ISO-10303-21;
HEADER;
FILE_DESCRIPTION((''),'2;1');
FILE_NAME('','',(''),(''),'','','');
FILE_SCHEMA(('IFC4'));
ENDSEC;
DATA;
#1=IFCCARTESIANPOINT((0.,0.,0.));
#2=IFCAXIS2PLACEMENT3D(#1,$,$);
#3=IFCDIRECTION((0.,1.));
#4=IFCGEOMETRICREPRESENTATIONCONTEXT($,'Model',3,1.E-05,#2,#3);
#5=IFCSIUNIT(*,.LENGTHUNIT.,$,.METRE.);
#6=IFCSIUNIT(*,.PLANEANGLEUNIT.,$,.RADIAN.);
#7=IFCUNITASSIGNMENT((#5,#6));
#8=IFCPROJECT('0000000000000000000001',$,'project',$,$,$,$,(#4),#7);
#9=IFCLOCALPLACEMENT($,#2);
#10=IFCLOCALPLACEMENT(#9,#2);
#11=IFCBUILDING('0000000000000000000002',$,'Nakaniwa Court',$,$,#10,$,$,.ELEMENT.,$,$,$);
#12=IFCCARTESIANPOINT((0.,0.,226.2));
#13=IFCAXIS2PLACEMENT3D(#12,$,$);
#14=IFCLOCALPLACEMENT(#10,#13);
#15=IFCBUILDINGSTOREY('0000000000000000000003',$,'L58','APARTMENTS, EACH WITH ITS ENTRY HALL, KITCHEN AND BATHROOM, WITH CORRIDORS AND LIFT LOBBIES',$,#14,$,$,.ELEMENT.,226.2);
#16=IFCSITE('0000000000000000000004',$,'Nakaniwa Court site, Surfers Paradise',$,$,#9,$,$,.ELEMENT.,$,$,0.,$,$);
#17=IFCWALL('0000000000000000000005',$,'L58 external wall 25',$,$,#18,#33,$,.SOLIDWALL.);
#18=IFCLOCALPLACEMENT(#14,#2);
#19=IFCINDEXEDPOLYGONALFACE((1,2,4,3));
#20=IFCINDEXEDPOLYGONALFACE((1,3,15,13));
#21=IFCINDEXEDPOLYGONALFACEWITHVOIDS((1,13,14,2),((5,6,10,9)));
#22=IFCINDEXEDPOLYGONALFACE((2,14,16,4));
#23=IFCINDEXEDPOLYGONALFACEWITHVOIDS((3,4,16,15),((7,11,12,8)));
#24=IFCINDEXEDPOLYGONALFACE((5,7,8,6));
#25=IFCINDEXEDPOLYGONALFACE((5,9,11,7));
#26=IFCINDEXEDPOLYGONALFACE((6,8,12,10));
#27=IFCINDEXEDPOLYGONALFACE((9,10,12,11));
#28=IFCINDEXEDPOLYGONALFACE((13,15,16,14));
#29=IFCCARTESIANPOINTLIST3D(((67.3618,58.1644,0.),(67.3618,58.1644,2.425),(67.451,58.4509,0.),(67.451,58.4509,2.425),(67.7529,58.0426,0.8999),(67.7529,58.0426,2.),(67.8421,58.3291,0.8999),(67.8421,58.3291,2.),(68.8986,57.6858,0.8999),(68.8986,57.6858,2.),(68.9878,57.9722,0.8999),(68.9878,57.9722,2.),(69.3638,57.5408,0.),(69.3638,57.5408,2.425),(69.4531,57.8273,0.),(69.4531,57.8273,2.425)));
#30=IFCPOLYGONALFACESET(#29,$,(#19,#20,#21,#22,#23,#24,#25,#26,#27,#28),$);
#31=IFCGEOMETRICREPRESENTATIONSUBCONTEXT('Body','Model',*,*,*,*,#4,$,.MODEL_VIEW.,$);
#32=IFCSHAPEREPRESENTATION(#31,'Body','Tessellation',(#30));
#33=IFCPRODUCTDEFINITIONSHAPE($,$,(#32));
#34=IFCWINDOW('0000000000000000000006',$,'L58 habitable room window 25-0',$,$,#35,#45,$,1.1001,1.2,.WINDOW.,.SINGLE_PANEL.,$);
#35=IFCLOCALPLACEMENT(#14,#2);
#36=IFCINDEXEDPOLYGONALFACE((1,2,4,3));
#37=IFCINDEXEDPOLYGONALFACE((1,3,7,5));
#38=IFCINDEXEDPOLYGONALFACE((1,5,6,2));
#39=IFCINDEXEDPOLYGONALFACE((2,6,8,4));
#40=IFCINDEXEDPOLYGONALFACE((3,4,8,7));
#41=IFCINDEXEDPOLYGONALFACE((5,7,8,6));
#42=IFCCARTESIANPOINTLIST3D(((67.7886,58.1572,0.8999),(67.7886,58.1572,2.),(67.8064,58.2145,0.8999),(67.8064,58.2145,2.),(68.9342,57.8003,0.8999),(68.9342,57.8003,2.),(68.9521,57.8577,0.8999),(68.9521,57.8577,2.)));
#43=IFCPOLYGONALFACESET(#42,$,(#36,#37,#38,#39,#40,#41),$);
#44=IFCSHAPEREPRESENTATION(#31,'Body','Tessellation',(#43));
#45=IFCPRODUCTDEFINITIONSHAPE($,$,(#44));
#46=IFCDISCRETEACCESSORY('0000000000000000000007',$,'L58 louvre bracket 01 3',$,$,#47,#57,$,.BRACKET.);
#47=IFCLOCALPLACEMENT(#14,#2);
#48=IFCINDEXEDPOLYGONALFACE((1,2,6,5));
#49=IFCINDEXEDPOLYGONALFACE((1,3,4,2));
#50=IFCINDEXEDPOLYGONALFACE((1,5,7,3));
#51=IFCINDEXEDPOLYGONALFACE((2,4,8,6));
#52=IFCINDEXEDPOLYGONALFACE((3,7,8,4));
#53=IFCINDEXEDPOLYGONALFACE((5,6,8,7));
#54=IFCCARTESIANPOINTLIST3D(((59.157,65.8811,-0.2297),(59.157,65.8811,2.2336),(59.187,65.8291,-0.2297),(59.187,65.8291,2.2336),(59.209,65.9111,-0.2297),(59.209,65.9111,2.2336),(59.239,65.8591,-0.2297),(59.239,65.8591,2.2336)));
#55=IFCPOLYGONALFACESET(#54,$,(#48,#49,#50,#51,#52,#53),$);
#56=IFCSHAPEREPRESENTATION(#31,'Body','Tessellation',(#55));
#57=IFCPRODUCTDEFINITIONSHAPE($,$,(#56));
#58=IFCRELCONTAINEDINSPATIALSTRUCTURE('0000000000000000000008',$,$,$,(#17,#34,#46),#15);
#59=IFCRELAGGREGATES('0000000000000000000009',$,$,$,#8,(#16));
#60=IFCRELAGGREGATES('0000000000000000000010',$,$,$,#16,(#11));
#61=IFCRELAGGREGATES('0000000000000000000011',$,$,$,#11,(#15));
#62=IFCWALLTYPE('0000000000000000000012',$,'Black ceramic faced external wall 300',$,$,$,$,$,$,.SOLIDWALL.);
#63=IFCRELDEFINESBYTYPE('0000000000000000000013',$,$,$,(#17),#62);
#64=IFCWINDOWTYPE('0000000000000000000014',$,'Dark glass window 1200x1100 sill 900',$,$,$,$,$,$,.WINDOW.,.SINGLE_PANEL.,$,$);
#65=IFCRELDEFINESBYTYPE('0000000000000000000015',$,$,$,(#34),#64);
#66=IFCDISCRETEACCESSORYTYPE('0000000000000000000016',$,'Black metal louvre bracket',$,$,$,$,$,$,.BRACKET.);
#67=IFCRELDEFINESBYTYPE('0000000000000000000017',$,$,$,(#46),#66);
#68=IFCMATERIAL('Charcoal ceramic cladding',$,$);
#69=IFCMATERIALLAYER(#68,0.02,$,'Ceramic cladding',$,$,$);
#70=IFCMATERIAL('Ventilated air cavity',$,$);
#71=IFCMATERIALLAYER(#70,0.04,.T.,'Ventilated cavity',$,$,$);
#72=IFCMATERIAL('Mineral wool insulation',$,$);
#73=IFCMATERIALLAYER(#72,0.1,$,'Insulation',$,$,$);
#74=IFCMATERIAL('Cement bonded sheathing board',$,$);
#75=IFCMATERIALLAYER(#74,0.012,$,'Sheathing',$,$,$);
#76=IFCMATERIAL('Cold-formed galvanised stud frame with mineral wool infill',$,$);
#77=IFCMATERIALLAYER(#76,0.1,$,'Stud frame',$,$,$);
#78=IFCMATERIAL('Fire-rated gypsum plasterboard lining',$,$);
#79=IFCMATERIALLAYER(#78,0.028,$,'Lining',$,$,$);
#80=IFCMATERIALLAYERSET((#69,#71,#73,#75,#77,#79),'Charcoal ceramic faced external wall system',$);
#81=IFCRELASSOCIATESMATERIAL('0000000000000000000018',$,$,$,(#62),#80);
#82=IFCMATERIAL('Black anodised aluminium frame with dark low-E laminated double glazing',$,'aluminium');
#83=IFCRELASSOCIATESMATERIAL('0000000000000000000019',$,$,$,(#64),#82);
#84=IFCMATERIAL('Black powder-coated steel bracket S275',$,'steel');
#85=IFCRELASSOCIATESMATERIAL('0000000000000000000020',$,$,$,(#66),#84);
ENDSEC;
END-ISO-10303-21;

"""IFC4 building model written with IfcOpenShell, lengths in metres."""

from ifc_helpers import new_model, si_unit, direction, frame, frame_2d, origin, origin_2d, place, context, subcontext, project, spatial, rectangle, extrude, material, layer, layer_set, type_object, element, fill, save


model = new_model("IFC4")

# Units and contexts
model_context = context("Model", 3, precision=1e-05, world=origin(), true_north=direction((0.0, 1.0)))
body_context = subcontext(model_context, "Body", "Model", "MODEL_VIEW")
ifc_project = project(units=[si_unit("LENGTHUNIT", "METRE"), si_unit("PLANEANGLEUNIT", "RADIAN")], contexts=[model_context])

# Site, building, storey
site_placement = place(None, origin())
site = spatial("IfcSite", under=ifc_project, at=site_placement, Name="Nakaniwa Court site, Surfers Paradise", CompositionType="ELEMENT", RefElevation=0.0)
building_placement = place(site_placement, origin())
building = spatial("IfcBuilding", under=site, at=building_placement, Name="Nakaniwa Court", CompositionType="ELEMENT")
storey_placement = place(building_placement, frame((0.0, 0.0, 226.2)))
storey = spatial("IfcBuildingStorey", under=building, at=storey_placement, Name="L58", Description="APARTMENTS, EACH WITH ITS ENTRY HALL, KITCHEN AND BATHROOM, WITH CORRIDORS AND LIFT LOBBIES", CompositionType="ELEMENT", Elevation=226.2)

# Wall, opening, window
ifc_material_1 = material(Name="Charcoal ceramic cladding")
ifc_layer_1 = layer(ifc_material_1, 0.02, Name="Ceramic cladding")
ifc_material_2 = material(Name="Ventilated air cavity")
ifc_layer_2 = layer(ifc_material_2, 0.04, ventilated=True, Name="Ventilated cavity")
ifc_material_3 = material(Name="Mineral wool insulation")
ifc_layer_3 = layer(ifc_material_3, 0.1, Name="Insulation")
ifc_material_4 = material(Name="Cement bonded sheathing board")
ifc_layer_4 = layer(ifc_material_4, 0.012, Name="Sheathing")
ifc_material_5 = material(Name="Cold-formed galvanised stud frame with mineral wool infill")
ifc_layer_5 = layer(ifc_material_5, 0.1, Name="Stud frame")
ifc_material_6 = material(Name="Fire-rated gypsum plasterboard lining")
ifc_layer_6 = layer(ifc_material_6, 0.028, Name="Lining")
ifc_layer_set_1 = layer_set([ifc_layer_1, ifc_layer_2, ifc_layer_3, ifc_layer_4, ifc_layer_5, ifc_layer_6], Name="Charcoal ceramic faced external wall system")
wall_type_1 = type_object("IfcWallType", Name="Black ceramic faced external wall 300", PredefinedType="SOLIDWALL", material=ifc_layer_set_1)
ifc_material_7 = material(Name="Black anodised aluminium frame with dark low-E laminated double glazing", Category="aluminium")
window_type_1 = type_object("IfcWindowType", Name="Dark glass window 1200x1100 sill 900", PartitioningType="SINGLE_PANEL", PredefinedType="WINDOW", material=ifc_material_7)
wall_1_placement = place(storey_placement, frame((67.4065, 58.3076, 0.0), z_axis=(0.0, 0.0, 1.0), x_axis=(0.954761, -0.297373, 0.0)))
wall_1 = element("IfcWall", 1, at=wall_1_placement, inside=storey, type_object=wall_type_1, Name="L58 external wall 25", PredefinedType="SOLIDWALL", context=body_context, shape_type="SweptSolid", body=[
    extrude(rectangle(XDim=2.0969, YDim=0.3, at=frame_2d((1.0483, 0.0))), origin(), (0.0, 0.0, 1.0), 2.425),
])
opening_1_placement = place(wall_1_placement, frame((0.4094, 0.0, 0.8999)))
opening_1 = element("IfcOpeningElement", 2, at=opening_1_placement, cuts=wall_1, PredefinedType="OPENING", context=body_context, shape_type="SweptSolid", body=[
    extrude(rectangle(XDim=1.2, YDim=1.1001, at=frame_2d((0.6001, 0.55))), frame((0.0, 0.1599, 0.0), z_axis=(0.0, -1.0, 0.0), x_axis=(1.0, 0.0, 0.0)), (0.0, 0.0, 1.0), 0.3201),
])
window_1_placement = place(opening_1_placement, origin())
window_1 = element("IfcWindow", 3, at=window_1_placement, inside=storey, type_object=window_type_1, Name="L58 habitable room window 25-0", OverallHeight=1.1001, OverallWidth=1.2, PartitioningType="SINGLE_PANEL", PredefinedType="WINDOW", context=body_context, shape_type="SweptSolid", body=[
    extrude(rectangle(XDim=1.2, YDim=1.1001, at=frame_2d((0.6001, 0.55))), frame((0.0, 0.03, 0.0), z_axis=(0.0, -1.0, 0.0), x_axis=(1.0, 0.0, 0.0)), (0.0, 0.0, 1.0), 0.0601),
])
fill(opening_1, window_1)

# Discrete accessory
ifc_material_8 = material(Name="Black powder-coated steel bracket S275", Category="steel")
discrete_accessory_type = type_object("IfcDiscreteAccessoryType", Name="Black metal louvre bracket", PredefinedType="BRACKET", material=ifc_material_8)
discrete_accessory_placement = place(storey_placement, frame((59.198, 65.8701, -0.2297), z_axis=(0.0, 0.0, 1.0), x_axis=(0.499986, -0.866033, 0.0)))
element("IfcDiscreteAccessory", 4, at=discrete_accessory_placement, inside=storey, type_object=discrete_accessory_type, Name="L58 louvre bracket 01 3", PredefinedType="BRACKET", context=body_context, shape_type="SweptSolid", body=[
    extrude(rectangle(XDim=0.0601, YDim=0.0601, at=origin_2d()), origin(), (0.0, 0.0, 1.0), 2.4634),
])

save(model, "model.ifc")
